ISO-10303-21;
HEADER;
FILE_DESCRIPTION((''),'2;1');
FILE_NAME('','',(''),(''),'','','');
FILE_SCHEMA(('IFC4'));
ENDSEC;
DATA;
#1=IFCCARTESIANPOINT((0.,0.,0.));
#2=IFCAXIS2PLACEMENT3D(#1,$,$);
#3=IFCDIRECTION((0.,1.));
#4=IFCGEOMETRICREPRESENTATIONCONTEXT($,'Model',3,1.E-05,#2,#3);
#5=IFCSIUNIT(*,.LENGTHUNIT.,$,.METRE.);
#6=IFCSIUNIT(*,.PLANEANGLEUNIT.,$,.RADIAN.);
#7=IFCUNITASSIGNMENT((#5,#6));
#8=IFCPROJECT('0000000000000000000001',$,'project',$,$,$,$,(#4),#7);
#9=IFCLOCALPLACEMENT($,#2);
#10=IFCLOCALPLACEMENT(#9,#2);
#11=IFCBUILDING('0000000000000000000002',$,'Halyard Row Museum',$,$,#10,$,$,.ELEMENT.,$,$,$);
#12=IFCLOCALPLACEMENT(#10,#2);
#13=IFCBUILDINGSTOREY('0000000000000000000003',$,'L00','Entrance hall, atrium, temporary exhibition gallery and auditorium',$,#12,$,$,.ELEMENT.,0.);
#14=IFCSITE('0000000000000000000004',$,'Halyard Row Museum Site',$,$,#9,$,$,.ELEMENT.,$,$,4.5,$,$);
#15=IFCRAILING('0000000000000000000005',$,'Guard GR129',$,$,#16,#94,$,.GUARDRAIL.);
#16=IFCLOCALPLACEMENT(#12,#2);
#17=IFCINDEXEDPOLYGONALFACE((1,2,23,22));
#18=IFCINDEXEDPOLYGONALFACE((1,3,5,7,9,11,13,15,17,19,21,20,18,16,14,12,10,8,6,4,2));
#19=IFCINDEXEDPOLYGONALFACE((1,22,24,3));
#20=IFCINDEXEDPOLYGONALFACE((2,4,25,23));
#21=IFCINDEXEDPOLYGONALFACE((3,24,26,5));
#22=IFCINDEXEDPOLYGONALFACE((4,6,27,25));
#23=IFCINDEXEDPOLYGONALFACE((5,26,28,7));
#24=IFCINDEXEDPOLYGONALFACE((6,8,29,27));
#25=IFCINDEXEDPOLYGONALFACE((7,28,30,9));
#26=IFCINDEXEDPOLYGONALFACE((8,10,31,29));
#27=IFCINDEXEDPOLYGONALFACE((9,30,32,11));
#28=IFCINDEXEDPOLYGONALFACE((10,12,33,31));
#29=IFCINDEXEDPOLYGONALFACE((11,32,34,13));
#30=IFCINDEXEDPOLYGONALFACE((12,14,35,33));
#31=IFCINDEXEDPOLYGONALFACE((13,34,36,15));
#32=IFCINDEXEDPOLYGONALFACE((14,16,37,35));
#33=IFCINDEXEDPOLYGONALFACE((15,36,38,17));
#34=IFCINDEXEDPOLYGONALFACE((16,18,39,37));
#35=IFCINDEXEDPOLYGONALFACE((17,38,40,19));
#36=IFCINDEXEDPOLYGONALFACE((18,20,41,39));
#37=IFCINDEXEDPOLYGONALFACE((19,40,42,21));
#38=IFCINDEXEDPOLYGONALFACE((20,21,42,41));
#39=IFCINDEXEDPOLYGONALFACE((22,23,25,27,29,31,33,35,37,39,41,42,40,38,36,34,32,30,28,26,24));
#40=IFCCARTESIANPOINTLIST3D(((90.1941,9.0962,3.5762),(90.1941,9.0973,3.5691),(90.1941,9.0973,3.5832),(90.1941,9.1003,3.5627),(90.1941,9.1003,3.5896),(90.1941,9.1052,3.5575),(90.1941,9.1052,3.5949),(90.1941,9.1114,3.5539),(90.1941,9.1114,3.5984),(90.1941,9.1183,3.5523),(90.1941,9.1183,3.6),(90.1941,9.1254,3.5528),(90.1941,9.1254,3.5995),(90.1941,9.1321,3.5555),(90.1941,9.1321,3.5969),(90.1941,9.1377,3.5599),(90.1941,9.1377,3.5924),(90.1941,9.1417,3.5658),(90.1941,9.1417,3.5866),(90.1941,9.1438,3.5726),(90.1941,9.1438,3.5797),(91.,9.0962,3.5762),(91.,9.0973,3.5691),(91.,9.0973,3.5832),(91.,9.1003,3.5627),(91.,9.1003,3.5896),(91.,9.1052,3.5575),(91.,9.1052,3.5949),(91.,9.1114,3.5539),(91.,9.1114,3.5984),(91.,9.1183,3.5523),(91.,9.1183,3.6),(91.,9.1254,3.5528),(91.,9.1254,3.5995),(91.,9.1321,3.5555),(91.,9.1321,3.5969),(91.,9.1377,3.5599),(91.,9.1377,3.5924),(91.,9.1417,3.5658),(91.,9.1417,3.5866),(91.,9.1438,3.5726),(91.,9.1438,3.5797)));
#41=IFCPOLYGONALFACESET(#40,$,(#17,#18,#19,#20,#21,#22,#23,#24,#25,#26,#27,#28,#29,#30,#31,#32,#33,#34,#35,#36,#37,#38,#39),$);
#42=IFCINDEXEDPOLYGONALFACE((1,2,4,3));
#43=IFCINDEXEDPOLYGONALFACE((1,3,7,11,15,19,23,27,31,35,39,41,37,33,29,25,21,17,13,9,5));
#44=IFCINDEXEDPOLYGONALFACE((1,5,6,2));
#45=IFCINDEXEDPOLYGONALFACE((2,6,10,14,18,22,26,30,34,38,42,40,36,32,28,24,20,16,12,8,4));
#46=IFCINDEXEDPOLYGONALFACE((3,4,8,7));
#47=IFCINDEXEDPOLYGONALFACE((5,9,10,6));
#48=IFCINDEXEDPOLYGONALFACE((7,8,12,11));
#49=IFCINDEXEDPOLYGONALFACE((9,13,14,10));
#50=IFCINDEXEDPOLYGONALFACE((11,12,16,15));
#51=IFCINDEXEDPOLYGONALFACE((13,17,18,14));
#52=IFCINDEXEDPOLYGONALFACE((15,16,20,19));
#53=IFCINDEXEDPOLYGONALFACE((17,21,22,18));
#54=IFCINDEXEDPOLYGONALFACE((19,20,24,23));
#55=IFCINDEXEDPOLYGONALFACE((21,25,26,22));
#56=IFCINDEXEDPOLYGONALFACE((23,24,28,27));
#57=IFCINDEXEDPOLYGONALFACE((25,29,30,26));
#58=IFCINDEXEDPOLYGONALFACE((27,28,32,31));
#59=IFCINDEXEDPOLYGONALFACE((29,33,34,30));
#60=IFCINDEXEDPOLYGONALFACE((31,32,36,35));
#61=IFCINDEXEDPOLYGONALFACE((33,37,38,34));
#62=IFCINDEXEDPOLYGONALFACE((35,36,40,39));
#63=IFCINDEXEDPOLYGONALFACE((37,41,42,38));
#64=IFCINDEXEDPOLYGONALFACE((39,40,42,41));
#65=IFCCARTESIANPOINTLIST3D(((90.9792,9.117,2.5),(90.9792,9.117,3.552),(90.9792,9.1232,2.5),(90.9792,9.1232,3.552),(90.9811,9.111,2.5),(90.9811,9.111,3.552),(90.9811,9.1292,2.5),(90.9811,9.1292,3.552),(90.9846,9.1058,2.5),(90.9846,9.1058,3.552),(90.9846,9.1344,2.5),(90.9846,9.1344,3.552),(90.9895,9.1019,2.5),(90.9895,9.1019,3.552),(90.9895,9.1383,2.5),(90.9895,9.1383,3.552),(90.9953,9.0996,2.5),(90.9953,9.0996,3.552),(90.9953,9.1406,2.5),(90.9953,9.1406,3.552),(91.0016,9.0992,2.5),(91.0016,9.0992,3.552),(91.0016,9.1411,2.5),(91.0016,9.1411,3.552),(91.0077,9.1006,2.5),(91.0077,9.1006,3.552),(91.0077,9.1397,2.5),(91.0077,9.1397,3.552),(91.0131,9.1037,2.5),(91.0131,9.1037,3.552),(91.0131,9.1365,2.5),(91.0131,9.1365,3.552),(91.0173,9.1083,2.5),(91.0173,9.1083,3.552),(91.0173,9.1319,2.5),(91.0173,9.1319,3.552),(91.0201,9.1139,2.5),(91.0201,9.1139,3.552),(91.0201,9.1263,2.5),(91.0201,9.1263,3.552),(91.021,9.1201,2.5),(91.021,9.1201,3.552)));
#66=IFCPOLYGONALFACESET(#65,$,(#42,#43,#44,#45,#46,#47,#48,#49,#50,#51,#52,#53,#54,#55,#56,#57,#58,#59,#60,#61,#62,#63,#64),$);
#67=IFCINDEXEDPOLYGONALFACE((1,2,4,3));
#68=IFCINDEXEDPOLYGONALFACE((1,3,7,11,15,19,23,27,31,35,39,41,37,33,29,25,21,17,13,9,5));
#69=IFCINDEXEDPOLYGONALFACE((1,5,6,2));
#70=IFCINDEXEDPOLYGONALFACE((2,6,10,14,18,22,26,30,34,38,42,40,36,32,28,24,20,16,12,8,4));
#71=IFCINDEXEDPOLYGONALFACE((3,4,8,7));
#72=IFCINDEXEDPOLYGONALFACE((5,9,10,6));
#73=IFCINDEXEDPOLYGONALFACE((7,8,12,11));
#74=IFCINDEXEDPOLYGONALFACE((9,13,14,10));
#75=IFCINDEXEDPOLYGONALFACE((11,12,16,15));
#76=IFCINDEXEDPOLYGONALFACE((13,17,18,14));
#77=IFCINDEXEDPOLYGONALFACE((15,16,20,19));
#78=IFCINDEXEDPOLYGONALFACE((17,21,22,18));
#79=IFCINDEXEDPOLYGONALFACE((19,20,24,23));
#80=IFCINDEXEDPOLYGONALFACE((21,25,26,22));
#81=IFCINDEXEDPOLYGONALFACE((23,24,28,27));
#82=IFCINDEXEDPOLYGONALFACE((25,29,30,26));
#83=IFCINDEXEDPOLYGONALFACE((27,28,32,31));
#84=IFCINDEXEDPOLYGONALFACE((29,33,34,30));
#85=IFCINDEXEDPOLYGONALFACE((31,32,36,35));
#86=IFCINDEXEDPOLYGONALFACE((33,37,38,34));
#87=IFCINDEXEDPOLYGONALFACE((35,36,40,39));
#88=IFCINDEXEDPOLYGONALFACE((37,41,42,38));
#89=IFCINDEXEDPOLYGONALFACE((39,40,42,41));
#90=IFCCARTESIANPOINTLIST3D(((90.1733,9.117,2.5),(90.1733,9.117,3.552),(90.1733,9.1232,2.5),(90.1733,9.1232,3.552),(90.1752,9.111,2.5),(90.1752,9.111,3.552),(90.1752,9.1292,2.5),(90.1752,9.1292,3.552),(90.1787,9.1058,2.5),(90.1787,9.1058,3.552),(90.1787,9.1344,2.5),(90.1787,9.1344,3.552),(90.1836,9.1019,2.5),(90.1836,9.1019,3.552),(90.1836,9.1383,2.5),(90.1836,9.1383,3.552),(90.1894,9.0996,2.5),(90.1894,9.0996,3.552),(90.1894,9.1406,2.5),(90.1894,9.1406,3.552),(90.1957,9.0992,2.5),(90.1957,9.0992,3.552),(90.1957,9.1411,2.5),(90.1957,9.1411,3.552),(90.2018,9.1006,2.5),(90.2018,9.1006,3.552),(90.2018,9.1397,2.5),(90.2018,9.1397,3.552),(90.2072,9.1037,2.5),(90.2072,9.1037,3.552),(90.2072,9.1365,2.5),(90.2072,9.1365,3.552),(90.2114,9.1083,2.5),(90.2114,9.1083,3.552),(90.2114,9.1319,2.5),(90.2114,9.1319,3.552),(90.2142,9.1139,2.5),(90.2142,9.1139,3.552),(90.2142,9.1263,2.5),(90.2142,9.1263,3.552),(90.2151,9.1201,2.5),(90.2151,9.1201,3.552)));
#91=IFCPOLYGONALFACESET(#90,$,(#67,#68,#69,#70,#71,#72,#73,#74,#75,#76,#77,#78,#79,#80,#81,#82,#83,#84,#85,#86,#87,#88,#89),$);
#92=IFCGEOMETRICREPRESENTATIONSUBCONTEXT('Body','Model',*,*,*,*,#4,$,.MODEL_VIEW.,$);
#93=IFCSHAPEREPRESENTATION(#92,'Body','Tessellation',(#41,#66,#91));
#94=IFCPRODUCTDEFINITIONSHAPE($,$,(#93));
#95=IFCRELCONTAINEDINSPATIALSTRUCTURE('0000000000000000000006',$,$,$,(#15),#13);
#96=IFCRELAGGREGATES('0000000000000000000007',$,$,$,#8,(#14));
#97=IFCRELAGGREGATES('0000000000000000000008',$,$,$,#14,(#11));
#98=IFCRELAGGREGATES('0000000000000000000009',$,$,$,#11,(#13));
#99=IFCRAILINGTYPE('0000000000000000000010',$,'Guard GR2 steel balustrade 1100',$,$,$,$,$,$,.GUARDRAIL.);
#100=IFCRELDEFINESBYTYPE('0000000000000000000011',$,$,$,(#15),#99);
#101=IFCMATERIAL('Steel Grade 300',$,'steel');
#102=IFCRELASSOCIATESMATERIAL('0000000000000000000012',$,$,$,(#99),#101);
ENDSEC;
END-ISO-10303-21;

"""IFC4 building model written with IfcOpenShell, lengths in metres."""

from ifc_helpers import new_model, si_unit, direction, frame, origin, origin_2d, place, context, subcontext, project, spatial, circle, extrude, material, type_object, element, save


model = new_model("IFC4")

# Units and contexts
model_context = context("Model", 3, precision=1e-05, world=origin(), true_north=direction((0.0, 1.0)))
body_context = subcontext(model_context, "Body", "Model", "MODEL_VIEW")
ifc_project = project(units=[si_unit("LENGTHUNIT", "METRE"), si_unit("PLANEANGLEUNIT", "RADIAN")], contexts=[model_context])

# Site, building, storey
site_placement = place(None, origin())
site = spatial("IfcSite", under=ifc_project, at=site_placement, Name="Halyard Row Museum Site", CompositionType="ELEMENT", RefElevation=4.5)
building_placement = place(site_placement, origin())
building = spatial("IfcBuilding", under=site, at=building_placement, Name="Halyard Row Museum", CompositionType="ELEMENT")
storey_placement = place(building_placement, origin())
storey = spatial("IfcBuildingStorey", under=building, at=storey_placement, Name="L00", Description="Entrance hall, atrium, temporary exhibition gallery and auditorium", CompositionType="ELEMENT", Elevation=0.0)

# Railing
ifc_material_1 = material(Name="Steel Grade 300", Category="steel")
railing_type_1 = type_object("IfcRailingType", Name="Guard GR2 steel balustrade 1100", PredefinedType="GUARDRAIL", material=ifc_material_1)
railing_1_placement = place(storey_placement, frame((91.0, 9.1201, 2.5)))
element("IfcRailing", 1, at=railing_1_placement, inside=storey, type_object=railing_type_1, Name="Guard GR129", PredefinedType="GUARDRAIL", context=body_context, shape_type="SweptSolid", body=[
    extrude(circle(Radius=0.0239, at=origin_2d()), frame((0.0, 0.0, 1.0762), z_axis=(-1.0, 0.0, 0.0), x_axis=(0.0, -1.0, 0.0)), (0.0, 0.0, 1.0), 0.8059),
    extrude(circle(Radius=0.021, at=origin_2d()), origin(), (0.0, 0.0, 1.0), 1.052),
    extrude(circle(Radius=0.021, at=origin_2d()), frame((-0.8059, 0.0, 0.0)), (0.0, 0.0, 1.0), 1.052),
])

save(model, "model.ifc")
